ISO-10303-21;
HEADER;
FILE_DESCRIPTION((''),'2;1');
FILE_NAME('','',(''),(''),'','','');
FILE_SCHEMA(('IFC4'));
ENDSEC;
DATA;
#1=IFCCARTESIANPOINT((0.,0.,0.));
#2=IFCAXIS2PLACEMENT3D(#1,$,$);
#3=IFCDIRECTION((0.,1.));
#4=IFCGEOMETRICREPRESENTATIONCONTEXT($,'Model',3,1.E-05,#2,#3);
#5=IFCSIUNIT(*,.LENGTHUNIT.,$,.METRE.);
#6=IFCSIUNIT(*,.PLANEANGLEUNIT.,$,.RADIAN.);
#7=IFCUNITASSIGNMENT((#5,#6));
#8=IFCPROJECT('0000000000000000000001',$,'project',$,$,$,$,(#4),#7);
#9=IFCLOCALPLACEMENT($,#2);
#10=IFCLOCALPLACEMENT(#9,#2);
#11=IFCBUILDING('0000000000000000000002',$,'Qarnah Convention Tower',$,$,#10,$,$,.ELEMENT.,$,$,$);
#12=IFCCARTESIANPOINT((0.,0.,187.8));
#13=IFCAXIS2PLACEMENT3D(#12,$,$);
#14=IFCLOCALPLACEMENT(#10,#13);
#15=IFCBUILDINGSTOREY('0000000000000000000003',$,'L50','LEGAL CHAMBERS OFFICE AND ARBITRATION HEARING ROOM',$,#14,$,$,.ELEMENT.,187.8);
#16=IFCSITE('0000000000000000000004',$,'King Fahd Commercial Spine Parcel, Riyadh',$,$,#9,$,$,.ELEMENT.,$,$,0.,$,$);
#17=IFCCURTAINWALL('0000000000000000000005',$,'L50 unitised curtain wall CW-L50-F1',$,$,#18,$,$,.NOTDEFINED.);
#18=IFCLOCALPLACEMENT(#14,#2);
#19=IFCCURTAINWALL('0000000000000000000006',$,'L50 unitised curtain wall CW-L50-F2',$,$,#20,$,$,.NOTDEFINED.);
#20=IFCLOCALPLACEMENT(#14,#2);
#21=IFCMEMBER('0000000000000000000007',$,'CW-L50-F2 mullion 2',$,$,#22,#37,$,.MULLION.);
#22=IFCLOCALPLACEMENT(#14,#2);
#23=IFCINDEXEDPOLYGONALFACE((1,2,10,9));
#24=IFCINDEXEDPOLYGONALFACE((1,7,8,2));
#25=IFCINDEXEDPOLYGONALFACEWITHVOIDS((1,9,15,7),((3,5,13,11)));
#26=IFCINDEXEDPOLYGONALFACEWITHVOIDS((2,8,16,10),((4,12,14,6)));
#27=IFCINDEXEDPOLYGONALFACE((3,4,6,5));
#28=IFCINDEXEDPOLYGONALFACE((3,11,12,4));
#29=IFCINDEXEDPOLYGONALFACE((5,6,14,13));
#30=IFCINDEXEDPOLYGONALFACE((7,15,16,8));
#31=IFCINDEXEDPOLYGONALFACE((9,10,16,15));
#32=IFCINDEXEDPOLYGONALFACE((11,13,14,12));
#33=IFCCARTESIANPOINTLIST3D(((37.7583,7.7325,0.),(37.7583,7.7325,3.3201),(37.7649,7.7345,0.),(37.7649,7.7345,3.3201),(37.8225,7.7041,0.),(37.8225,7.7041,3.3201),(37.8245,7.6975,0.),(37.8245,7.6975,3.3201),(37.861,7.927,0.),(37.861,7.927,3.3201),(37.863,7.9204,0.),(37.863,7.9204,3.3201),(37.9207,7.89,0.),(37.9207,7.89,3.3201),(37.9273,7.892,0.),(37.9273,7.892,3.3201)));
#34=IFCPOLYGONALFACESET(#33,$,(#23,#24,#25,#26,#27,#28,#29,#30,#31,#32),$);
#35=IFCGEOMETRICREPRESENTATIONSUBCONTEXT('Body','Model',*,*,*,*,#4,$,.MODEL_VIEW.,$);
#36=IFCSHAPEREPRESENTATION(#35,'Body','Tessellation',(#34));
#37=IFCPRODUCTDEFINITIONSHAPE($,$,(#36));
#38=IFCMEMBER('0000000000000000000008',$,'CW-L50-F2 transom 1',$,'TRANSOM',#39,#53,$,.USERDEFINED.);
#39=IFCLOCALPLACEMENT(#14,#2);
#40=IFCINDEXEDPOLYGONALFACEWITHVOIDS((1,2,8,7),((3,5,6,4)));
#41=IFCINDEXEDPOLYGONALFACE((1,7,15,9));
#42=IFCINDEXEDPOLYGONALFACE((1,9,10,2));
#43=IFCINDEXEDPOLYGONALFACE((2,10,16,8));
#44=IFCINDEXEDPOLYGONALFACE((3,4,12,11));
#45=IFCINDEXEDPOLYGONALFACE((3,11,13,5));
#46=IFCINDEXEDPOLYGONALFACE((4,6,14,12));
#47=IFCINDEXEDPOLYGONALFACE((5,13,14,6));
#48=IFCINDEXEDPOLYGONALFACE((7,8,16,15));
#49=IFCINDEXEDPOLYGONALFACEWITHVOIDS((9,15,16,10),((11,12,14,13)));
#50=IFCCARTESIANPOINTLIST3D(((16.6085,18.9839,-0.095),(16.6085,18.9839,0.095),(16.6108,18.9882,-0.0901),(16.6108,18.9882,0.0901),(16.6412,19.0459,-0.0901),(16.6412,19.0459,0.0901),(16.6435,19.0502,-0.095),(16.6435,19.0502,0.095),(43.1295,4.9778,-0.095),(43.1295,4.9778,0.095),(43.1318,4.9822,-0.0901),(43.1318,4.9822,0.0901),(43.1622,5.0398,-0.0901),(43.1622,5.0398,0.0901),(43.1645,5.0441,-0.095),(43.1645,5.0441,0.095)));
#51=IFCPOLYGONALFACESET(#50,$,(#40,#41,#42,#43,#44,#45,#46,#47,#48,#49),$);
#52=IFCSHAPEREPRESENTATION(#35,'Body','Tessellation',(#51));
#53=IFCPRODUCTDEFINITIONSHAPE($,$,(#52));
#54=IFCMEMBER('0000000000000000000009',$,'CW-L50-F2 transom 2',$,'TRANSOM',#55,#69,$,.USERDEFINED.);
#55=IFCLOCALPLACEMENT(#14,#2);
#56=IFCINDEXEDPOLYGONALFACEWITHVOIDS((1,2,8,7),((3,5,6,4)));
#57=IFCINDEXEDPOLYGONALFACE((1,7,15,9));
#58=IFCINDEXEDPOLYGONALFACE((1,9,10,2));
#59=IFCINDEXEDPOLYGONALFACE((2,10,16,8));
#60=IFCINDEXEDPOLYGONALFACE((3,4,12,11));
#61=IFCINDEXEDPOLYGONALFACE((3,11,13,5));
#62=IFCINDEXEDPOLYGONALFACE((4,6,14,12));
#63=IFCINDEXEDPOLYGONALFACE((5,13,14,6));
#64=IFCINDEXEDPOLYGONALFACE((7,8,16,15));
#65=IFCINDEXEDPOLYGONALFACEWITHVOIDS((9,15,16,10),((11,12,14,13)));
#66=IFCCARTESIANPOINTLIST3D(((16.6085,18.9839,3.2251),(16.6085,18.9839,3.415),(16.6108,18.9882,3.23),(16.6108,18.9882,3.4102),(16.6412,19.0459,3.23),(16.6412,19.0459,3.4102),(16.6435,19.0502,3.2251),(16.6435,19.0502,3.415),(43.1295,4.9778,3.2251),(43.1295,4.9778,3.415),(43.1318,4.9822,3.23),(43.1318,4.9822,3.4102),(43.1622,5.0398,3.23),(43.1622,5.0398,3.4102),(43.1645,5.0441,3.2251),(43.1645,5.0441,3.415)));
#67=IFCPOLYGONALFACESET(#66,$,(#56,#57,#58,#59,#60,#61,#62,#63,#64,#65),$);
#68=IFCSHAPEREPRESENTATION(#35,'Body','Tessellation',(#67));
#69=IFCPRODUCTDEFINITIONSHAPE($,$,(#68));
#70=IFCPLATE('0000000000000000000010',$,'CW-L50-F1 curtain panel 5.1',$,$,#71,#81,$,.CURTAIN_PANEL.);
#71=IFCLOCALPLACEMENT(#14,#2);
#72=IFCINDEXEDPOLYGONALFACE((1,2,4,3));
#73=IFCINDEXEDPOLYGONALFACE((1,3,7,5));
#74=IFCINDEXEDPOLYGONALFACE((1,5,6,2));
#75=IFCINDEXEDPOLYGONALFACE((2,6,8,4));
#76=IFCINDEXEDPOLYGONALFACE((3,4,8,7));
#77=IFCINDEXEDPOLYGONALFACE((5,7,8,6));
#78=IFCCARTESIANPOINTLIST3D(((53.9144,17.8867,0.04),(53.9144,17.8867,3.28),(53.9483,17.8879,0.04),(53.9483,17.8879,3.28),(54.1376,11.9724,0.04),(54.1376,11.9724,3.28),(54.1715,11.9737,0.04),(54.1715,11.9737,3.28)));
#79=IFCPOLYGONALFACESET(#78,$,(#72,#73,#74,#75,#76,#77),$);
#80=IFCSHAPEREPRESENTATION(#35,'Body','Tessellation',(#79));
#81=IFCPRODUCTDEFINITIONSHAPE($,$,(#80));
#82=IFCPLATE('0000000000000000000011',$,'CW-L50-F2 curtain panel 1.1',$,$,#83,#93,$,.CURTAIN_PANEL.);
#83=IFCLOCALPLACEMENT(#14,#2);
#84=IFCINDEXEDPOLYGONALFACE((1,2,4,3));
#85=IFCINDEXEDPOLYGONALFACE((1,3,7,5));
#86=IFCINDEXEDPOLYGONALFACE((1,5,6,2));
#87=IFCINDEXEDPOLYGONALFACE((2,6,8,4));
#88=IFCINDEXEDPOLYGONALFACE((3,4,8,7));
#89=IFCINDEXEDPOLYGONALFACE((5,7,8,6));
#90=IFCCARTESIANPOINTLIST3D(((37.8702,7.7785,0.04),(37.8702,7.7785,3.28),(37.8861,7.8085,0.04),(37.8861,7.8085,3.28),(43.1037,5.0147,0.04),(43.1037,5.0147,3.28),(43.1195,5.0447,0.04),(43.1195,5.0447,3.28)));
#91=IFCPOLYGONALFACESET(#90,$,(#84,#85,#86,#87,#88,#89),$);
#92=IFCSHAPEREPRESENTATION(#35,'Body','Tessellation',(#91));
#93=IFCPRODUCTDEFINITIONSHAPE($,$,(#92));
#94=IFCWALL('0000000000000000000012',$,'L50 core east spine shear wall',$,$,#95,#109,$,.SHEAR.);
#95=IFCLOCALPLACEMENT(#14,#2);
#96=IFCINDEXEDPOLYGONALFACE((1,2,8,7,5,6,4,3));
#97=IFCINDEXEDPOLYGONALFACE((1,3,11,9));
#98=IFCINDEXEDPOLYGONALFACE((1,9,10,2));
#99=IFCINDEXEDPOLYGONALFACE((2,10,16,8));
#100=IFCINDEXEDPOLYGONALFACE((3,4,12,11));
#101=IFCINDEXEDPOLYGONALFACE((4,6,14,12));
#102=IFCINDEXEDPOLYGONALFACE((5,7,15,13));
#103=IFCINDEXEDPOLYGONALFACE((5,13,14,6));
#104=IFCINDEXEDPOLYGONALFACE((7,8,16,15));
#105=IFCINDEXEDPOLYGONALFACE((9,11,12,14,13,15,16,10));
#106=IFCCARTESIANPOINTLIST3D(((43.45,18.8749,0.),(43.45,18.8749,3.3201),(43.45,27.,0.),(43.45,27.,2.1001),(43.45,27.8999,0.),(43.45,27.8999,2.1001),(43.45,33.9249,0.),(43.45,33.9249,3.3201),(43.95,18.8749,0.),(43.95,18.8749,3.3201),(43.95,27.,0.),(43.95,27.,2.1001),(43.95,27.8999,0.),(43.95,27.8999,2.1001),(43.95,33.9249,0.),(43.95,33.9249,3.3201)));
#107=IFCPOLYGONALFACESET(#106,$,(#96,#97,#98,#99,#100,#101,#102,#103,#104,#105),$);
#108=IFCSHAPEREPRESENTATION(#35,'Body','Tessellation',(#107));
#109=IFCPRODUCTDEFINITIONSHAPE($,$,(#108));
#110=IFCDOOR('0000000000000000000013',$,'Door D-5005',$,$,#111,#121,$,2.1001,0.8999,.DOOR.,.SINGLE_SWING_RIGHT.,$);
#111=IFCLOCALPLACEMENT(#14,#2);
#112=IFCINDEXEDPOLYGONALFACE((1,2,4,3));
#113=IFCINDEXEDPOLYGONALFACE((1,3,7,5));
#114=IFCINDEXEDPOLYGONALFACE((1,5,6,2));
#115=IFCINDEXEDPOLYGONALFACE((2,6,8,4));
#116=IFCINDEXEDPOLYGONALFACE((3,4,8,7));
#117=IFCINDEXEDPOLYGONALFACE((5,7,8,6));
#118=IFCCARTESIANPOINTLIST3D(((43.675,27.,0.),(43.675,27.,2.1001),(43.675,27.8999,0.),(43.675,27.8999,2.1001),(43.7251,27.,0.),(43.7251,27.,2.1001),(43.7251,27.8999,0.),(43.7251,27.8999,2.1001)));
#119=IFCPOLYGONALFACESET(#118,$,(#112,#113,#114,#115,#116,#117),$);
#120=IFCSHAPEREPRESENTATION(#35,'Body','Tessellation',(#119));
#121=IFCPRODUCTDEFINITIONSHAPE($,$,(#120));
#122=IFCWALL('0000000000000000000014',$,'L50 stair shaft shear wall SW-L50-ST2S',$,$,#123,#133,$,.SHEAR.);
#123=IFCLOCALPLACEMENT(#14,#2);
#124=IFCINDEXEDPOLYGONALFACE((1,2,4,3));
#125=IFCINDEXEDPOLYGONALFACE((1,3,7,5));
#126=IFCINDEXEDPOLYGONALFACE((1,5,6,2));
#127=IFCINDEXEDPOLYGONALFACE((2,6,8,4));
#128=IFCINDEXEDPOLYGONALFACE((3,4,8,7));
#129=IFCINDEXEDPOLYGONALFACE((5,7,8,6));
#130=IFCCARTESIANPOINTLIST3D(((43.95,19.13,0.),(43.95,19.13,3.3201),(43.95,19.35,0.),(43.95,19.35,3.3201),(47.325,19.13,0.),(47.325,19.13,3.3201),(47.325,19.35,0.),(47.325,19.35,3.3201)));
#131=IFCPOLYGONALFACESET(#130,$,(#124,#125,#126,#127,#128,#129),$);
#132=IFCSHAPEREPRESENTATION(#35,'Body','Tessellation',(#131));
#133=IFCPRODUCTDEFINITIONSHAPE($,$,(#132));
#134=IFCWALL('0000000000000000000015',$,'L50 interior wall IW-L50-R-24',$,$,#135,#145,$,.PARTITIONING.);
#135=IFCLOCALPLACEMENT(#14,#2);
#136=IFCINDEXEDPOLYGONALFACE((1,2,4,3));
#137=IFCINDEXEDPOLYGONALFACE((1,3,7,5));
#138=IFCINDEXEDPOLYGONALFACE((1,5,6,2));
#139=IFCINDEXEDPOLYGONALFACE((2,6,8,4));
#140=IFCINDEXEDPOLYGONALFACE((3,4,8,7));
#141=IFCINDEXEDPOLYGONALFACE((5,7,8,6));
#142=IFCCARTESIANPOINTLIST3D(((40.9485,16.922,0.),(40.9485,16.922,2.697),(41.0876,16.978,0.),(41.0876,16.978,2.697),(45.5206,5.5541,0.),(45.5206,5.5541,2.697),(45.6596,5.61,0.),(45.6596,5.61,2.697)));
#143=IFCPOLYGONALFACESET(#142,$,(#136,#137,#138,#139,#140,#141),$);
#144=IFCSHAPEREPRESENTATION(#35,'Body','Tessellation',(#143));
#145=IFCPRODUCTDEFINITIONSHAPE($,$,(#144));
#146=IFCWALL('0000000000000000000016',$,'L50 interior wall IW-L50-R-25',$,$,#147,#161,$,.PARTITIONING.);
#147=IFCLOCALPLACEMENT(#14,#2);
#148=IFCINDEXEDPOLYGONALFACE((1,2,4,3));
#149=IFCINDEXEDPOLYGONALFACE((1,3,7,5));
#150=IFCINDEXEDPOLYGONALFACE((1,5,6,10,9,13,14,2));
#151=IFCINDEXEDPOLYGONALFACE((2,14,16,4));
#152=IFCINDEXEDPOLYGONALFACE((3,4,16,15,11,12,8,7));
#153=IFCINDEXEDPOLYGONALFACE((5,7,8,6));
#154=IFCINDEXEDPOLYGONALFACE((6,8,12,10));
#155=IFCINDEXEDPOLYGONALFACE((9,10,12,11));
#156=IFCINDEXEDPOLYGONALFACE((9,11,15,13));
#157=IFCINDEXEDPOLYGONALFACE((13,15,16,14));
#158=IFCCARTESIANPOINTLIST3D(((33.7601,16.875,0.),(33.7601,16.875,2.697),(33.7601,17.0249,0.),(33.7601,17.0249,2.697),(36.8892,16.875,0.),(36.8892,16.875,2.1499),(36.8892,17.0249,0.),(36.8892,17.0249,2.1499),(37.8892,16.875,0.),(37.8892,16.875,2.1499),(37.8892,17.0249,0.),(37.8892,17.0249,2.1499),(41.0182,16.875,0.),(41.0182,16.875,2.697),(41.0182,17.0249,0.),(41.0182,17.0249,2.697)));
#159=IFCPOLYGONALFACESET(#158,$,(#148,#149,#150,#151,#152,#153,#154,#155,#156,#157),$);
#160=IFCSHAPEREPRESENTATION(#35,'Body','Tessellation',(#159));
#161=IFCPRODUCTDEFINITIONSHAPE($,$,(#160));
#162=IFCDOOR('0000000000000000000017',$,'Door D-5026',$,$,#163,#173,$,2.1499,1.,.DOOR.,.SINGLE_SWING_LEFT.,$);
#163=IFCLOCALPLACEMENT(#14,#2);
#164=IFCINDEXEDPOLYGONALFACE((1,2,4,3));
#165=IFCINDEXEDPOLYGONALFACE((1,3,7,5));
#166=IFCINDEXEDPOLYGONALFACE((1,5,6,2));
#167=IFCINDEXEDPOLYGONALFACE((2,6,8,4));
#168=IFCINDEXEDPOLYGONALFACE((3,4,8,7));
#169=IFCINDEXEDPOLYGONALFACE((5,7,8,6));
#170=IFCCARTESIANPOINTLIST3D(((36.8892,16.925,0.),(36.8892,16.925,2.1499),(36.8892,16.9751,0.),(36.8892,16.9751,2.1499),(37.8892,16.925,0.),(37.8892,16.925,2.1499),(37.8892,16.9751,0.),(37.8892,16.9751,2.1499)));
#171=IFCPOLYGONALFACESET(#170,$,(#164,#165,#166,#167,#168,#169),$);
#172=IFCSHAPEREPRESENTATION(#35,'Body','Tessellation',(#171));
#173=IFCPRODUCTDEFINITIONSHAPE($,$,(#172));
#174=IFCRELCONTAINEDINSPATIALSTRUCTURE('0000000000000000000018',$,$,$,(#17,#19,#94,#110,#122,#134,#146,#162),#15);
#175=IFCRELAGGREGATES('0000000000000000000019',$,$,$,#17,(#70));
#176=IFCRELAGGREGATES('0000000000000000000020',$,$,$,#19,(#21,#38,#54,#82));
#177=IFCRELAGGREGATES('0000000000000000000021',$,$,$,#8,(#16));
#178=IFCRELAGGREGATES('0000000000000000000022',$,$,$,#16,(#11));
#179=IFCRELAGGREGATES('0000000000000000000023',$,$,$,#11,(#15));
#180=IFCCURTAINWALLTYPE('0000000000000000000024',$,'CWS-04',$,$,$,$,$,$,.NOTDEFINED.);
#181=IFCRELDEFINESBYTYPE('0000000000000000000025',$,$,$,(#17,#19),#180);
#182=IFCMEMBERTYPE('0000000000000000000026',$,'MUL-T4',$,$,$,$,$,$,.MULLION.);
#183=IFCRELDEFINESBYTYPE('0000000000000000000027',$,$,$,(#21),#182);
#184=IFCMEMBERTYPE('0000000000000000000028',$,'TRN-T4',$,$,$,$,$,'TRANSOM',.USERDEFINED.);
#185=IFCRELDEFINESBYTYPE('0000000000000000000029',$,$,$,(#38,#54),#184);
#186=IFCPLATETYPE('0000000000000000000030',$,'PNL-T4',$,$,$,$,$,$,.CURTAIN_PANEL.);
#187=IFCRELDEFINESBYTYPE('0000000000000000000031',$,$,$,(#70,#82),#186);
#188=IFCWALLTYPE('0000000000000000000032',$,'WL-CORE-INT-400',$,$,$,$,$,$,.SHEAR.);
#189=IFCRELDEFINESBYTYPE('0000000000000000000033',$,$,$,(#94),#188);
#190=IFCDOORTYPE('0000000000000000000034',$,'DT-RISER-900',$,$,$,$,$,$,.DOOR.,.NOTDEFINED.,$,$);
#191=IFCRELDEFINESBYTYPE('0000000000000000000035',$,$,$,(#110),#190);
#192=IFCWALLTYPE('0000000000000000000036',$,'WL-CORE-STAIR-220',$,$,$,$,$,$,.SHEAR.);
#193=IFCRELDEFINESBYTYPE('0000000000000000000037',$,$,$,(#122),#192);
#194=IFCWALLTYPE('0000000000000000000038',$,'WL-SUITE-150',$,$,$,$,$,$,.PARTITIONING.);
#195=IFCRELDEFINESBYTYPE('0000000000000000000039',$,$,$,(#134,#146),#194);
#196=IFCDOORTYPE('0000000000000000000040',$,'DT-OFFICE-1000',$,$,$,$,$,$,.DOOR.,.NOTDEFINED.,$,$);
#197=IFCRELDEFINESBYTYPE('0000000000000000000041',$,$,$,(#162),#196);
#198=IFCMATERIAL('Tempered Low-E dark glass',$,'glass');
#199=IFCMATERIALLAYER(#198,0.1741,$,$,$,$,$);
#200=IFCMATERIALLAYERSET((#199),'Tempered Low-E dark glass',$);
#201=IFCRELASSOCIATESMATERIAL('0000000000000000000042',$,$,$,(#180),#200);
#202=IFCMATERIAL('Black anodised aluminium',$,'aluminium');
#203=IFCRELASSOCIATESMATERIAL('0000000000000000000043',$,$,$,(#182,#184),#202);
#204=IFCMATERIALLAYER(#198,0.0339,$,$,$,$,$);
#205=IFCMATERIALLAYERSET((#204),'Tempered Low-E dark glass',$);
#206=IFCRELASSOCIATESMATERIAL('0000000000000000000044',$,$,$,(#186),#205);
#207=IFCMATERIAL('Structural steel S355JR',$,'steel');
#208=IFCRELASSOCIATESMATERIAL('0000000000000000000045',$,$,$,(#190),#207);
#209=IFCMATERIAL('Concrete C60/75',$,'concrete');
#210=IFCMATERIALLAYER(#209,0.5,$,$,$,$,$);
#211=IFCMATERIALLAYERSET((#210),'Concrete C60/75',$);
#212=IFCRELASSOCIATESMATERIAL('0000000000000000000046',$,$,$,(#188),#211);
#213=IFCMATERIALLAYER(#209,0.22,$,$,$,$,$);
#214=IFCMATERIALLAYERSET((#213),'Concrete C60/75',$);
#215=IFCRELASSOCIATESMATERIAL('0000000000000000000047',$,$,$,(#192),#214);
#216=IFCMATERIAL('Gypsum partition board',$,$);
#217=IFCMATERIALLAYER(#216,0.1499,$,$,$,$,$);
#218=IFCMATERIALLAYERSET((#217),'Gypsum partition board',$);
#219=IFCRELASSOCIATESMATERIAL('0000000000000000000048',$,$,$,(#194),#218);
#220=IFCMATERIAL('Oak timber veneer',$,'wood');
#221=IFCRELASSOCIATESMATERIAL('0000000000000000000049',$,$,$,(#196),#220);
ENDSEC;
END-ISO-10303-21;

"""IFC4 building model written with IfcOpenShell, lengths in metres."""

from ifc_helpers import new_model, si_unit, direction, frame, frame_2d, origin, origin_2d, place, context, subcontext, project, spatial, rectangle, hollow_rectangle, extrude, material, layer, layer_set, material_profile, profile_set, type_object, element, fill, aggregate, save


model = new_model("IFC4")

# Units and contexts
model_context = context("Model", 3, precision=1e-05, world=origin(), true_north=direction((0.0, 1.0)))
body_context = subcontext(model_context, "Body", "Model", "MODEL_VIEW")
ifc_project = project(units=[si_unit("LENGTHUNIT", "METRE"), si_unit("PLANEANGLEUNIT", "RADIAN")], contexts=[model_context])

# Site, building, storey
site_placement = place(None, origin())
site = spatial("IfcSite", under=ifc_project, at=site_placement, Name="King Fahd Commercial Spine Parcel, Riyadh", CompositionType="ELEMENT", RefElevation=0.0)
building_placement = place(site_placement, origin())
building = spatial("IfcBuilding", under=site, at=building_placement, Name="Qarnah Convention Tower", CompositionType="ELEMENT")
storey_placement = place(building_placement, frame((0.0, 0.0, 187.8)))
storey = spatial("IfcBuildingStorey", under=building, at=storey_placement, Name="L50", Description="LEGAL CHAMBERS OFFICE AND ARBITRATION HEARING ROOM", CompositionType="ELEMENT", Elevation=187.8)

# Shared definitions
ifc_material_1 = material(Name="Structural steel S355JR", Category="steel")

# Curtain walls, members
ifc_material_2 = material(Name="Tempered Low-E dark glass", Category="glass")
ifc_layer_1 = layer(ifc_material_2, 0.1741)
ifc_layer_set_1 = layer_set([ifc_layer_1], Name="Tempered Low-E dark glass")
curtain_wall_type = type_object("IfcCurtainWallType", Name="CWS-04", PredefinedType="NOTDEFINED", material=ifc_layer_set_1)
curtain_wall_1_placement = place(storey_placement, origin())
curtain_wall_1 = element("IfcCurtainWall", 1, at=curtain_wall_1_placement, inside=storey, type_object=curtain_wall_type, Name="L50 unitised curtain wall CW-L50-F1", PredefinedType="NOTDEFINED")
ifc_material_3 = material(Name="Black anodised aluminium", Category="aluminium")
ifc_material_profile_1 = material_profile(ifc_material_3, hollow_rectangle(XDim=0.075, YDim=0.22, WallThickness=0.0049, at=origin_2d()), Name="MUL-75X220")
ifc_profile_set_1 = profile_set([ifc_material_profile_1], Name="Black anodised aluminium")
member_type_1 = type_object("IfcMemberType", Name="MUL-T4", PredefinedType="MULLION", material=ifc_profile_set_1)
curtain_wall_2_placement = place(storey_placement, origin())
curtain_wall_2 = element("IfcCurtainWall", 2, at=curtain_wall_2_placement, inside=storey, type_object=curtain_wall_type, Name="L50 unitised curtain wall CW-L50-F2", PredefinedType="NOTDEFINED")
member_1_placement = place(storey_placement, frame((37.8428, 7.8123, 0.0), z_axis=(0.0, 0.0, 1.0), x_axis=(-0.884264, 0.466988, 0.0)))
member_1 = element("IfcMember", 3, at=member_1_placement, type_object=member_type_1, Name="CW-L50-F2 mullion 2", PredefinedType="MULLION", context=body_context, shape_type="SweptSolid", body=[
    extrude(hollow_rectangle(XDim=0.075, YDim=0.22, WallThickness=0.0049, at=origin_2d()), origin(), (0.0, 0.0, 1.0), 3.3201),
])
ifc_material_profile_2 = material_profile(ifc_material_3, hollow_rectangle(XDim=0.075, YDim=0.1899, WallThickness=0.0049, at=origin_2d()), Name="TRN-75X190")
ifc_profile_set_2 = profile_set([ifc_material_profile_2], Name="Black anodised aluminium")
member_type_2 = type_object("IfcMemberType", Name="TRN-T4", ElementType="TRANSOM", PredefinedType="USERDEFINED", material=ifc_profile_set_2)
member_2_placement = place(storey_placement, frame((43.147, 5.011, 0.0), z_axis=(-0.884262, 0.466991, 0.0), x_axis=(-0.466991, -0.884262, 0.0)))
member_2 = element("IfcMember", 4, at=member_2_placement, type_object=member_type_2, Name="CW-L50-F2 transom 1", ObjectType="TRANSOM", PredefinedType="USERDEFINED", context=body_context, shape_type="SweptSolid", body=[
    extrude(hollow_rectangle(XDim=0.075, YDim=0.1899, WallThickness=0.0049, at=origin_2d()), origin(), (0.0, 0.0, 1.0), 29.9922),
])
member_3_placement = place(storey_placement, frame((43.147, 5.011, 3.3201), z_axis=(-0.884262, 0.466991, 0.0), x_axis=(-0.466991, -0.884262, 0.0)))
member_3 = element("IfcMember", 5, at=member_3_placement, type_object=member_type_2, Name="CW-L50-F2 transom 2", ObjectType="TRANSOM", PredefinedType="USERDEFINED", context=body_context, shape_type="SweptSolid", body=[
    extrude(hollow_rectangle(XDim=0.075, YDim=0.1899, WallThickness=0.0049, at=origin_2d()), origin(), (0.0, 0.0, 1.0), 29.9922),
])

# Plates
ifc_layer_2 = layer(ifc_material_2, 0.0339)
ifc_layer_set_2 = layer_set([ifc_layer_2], Name="Tempered Low-E dark glass")
plate_type = type_object("IfcPlateType", Name="PNL-T4", PredefinedType="CURTAIN_PANEL", material=ifc_layer_set_2)
plate_1_placement = place(storey_placement, frame((54.043, 14.9302, 0.04), z_axis=(0.0, 0.0, 1.0), x_axis=(0.03771, -0.999289, 0.0)))
plate_1 = element("IfcPlate", 6, at=plate_1_placement, type_object=plate_type, Name="CW-L50-F1 curtain panel 5.1", PredefinedType="CURTAIN_PANEL", context=body_context, shape_type="SweptSolid", body=[
    extrude(rectangle(XDim=5.9185, YDim=0.0339, at=origin_2d()), origin(), (0.0, 0.0, 1.0), 3.24),
])
aggregate(curtain_wall_1, [plate_1])
plate_2_placement = place(storey_placement, frame((40.4949, 6.4116, 0.04), z_axis=(0.0, 0.0, 1.0), x_axis=(-0.884264, 0.466988, 0.0)))
plate_2 = element("IfcPlate", 7, at=plate_2_placement, type_object=plate_type, Name="CW-L50-F2 curtain panel 1.1", PredefinedType="CURTAIN_PANEL", context=body_context, shape_type="SweptSolid", body=[
    extrude(rectangle(XDim=5.9185, YDim=0.0339, at=origin_2d()), origin(), (0.0, 0.0, 1.0), 3.24),
])
aggregate(curtain_wall_2, [member_1, member_2, member_3, plate_2])

# Shared definitions
ifc_material_4 = material(Name="Concrete C60/75", Category="concrete")
door_type_1 = type_object("IfcDoorType", Name="DT-RISER-900", OperationType="NOTDEFINED", PredefinedType="DOOR", material=ifc_material_1)

# Wall, opening, door
ifc_layer_3 = layer(ifc_material_4, 0.5)
ifc_layer_set_3 = layer_set([ifc_layer_3], Name="Concrete C60/75")
wall_type_1 = type_object("IfcWallType", Name="WL-CORE-INT-400", PredefinedType="SHEAR", material=ifc_layer_set_3)
wall_1_placement = place(storey_placement, frame((43.7, 18.875, 0.0), z_axis=(0.0, 0.0, 1.0), x_axis=(0.0, 1.0, 0.0)))
wall_1 = element("IfcWall", 8, at=wall_1_placement, inside=storey, type_object=wall_type_1, Name="L50 core east spine shear wall", PredefinedType="SHEAR", context=body_context, shape_type="SweptSolid", body=[
    extrude(rectangle(XDim=15.05, YDim=0.5, at=frame_2d((7.5249, 0.0))), origin(), (0.0, 0.0, 1.0), 3.3201),
])
opening_1_placement = place(wall_1_placement, frame((8.125, 0.0, 0.0)))
opening_1 = element("IfcOpeningElement", 9, at=opening_1_placement, cuts=wall_1, PredefinedType="OPENING", context=body_context, shape_type="SweptSolid", body=[
    extrude(rectangle(XDim=0.8999, YDim=2.1001, at=frame_2d((0.45, 1.05))), frame((0.0, 0.26, 0.0), z_axis=(0.0, -1.0, 0.0), x_axis=(1.0, 0.0, 0.0)), (0.0, 0.0, 1.0), 0.52),
])
door_1_placement = place(opening_1_placement, origin())
door_1 = element("IfcDoor", 10, at=door_1_placement, inside=storey, type_object=door_type_1, Name="Door D-5005", OperationType="SINGLE_SWING_RIGHT", OverallHeight=2.1001, OverallWidth=0.8999, PredefinedType="DOOR", context=body_context, shape_type="SweptSolid", body=[
    extrude(rectangle(XDim=0.8999, YDim=2.1001, at=frame_2d((0.45, 1.05))), frame((0.0, 0.0249, 0.0), z_axis=(0.0, -1.0, 0.0), x_axis=(1.0, 0.0, 0.0)), (0.0, 0.0, 1.0), 0.05),
])
fill(opening_1, door_1)

# Wall
ifc_layer_4 = layer(ifc_material_4, 0.22)
ifc_layer_set_4 = layer_set([ifc_layer_4], Name="Concrete C60/75")
wall_type_2 = type_object("IfcWallType", Name="WL-CORE-STAIR-220", PredefinedType="SHEAR", material=ifc_layer_set_4)
wall_2_placement = place(storey_placement, frame((43.95, 19.24, 0.0), z_axis=(0.0, 0.0, 1.0), x_axis=(1.0, 0.0, 0.0)))
element("IfcWall", 11, at=wall_2_placement, inside=storey, type_object=wall_type_2, Name="L50 stair shaft shear wall SW-L50-ST2S", PredefinedType="SHEAR", context=body_context, shape_type="SweptSolid", body=[
    extrude(rectangle(XDim=3.375, YDim=0.22, at=frame_2d((1.6875, 0.0))), origin(), (0.0, 0.0, 1.0), 3.3201),
])

# Wall
ifc_material_5 = material(Name="Gypsum partition board")
ifc_layer_5 = layer(ifc_material_5, 0.1499)
ifc_layer_set_5 = layer_set([ifc_layer_5], Name="Gypsum partition board")
wall_type_3 = type_object("IfcWallType", Name="WL-SUITE-150", PredefinedType="PARTITIONING", material=ifc_layer_set_5)
wall_3_placement = place(storey_placement, frame((45.5901, 5.582, 0.0), z_axis=(0.0, 0.0, 1.0), x_axis=(-0.373139, 0.927776, 0.0)))
element("IfcWall", 12, at=wall_3_placement, inside=storey, type_object=wall_type_3, Name="L50 interior wall IW-L50-R-24", PredefinedType="PARTITIONING", context=body_context, shape_type="SweptSolid", body=[
    extrude(rectangle(XDim=12.2529, YDim=0.1499, at=frame_2d((6.1265, 0.0))), origin(), (0.0, 0.0, 1.0), 2.697),
])

# Wall, opening, door
wall_4_placement = place(storey_placement, frame((41.0181, 16.95, 0.0), z_axis=(0.0, 0.0, 1.0), x_axis=(-1.0, 0.0, 0.0)))
wall_4 = element("IfcWall", 13, at=wall_4_placement, inside=storey, type_object=wall_type_3, Name="L50 interior wall IW-L50-R-25", PredefinedType="PARTITIONING", context=body_context, shape_type="SweptSolid", body=[
    extrude(rectangle(XDim=7.2581, YDim=0.1499, at=frame_2d((3.6289, 0.0))), origin(), (0.0, 0.0, 1.0), 2.697),
])
opening_2_placement = place(wall_4_placement, frame((3.1289, 0.0, 0.0)))
opening_2 = element("IfcOpeningElement", 14, at=opening_2_placement, cuts=wall_4, PredefinedType="OPENING", context=body_context, shape_type="SweptSolid", body=[
    extrude(rectangle(XDim=1.0, YDim=2.1499, at=frame_2d((0.5, 1.075))), frame((0.0, 0.085, 0.0), z_axis=(0.0, -1.0, 0.0), x_axis=(1.0, 0.0, 0.0)), (0.0, 0.0, 1.0), 0.1699),
])
ifc_material_6 = material(Name="Oak timber veneer", Category="wood")
door_type_2 = type_object("IfcDoorType", Name="DT-OFFICE-1000", OperationType="NOTDEFINED", PredefinedType="DOOR", material=ifc_material_6)
door_2_placement = place(opening_2_placement, origin())
door_2 = element("IfcDoor", 15, at=door_2_placement, inside=storey, type_object=door_type_2, Name="Door D-5026", OperationType="SINGLE_SWING_LEFT", OverallHeight=2.1499, OverallWidth=1.0, PredefinedType="DOOR", context=body_context, shape_type="SweptSolid", body=[
    extrude(rectangle(XDim=1.0, YDim=2.1499, at=frame_2d((0.5, 1.075))), frame((0.0, 0.0249, 0.0), z_axis=(0.0, -1.0, 0.0), x_axis=(1.0, 0.0, 0.0)), (0.0, 0.0, 1.0), 0.05),
])
fill(opening_2, door_2)

save(model, "model.ifc")
